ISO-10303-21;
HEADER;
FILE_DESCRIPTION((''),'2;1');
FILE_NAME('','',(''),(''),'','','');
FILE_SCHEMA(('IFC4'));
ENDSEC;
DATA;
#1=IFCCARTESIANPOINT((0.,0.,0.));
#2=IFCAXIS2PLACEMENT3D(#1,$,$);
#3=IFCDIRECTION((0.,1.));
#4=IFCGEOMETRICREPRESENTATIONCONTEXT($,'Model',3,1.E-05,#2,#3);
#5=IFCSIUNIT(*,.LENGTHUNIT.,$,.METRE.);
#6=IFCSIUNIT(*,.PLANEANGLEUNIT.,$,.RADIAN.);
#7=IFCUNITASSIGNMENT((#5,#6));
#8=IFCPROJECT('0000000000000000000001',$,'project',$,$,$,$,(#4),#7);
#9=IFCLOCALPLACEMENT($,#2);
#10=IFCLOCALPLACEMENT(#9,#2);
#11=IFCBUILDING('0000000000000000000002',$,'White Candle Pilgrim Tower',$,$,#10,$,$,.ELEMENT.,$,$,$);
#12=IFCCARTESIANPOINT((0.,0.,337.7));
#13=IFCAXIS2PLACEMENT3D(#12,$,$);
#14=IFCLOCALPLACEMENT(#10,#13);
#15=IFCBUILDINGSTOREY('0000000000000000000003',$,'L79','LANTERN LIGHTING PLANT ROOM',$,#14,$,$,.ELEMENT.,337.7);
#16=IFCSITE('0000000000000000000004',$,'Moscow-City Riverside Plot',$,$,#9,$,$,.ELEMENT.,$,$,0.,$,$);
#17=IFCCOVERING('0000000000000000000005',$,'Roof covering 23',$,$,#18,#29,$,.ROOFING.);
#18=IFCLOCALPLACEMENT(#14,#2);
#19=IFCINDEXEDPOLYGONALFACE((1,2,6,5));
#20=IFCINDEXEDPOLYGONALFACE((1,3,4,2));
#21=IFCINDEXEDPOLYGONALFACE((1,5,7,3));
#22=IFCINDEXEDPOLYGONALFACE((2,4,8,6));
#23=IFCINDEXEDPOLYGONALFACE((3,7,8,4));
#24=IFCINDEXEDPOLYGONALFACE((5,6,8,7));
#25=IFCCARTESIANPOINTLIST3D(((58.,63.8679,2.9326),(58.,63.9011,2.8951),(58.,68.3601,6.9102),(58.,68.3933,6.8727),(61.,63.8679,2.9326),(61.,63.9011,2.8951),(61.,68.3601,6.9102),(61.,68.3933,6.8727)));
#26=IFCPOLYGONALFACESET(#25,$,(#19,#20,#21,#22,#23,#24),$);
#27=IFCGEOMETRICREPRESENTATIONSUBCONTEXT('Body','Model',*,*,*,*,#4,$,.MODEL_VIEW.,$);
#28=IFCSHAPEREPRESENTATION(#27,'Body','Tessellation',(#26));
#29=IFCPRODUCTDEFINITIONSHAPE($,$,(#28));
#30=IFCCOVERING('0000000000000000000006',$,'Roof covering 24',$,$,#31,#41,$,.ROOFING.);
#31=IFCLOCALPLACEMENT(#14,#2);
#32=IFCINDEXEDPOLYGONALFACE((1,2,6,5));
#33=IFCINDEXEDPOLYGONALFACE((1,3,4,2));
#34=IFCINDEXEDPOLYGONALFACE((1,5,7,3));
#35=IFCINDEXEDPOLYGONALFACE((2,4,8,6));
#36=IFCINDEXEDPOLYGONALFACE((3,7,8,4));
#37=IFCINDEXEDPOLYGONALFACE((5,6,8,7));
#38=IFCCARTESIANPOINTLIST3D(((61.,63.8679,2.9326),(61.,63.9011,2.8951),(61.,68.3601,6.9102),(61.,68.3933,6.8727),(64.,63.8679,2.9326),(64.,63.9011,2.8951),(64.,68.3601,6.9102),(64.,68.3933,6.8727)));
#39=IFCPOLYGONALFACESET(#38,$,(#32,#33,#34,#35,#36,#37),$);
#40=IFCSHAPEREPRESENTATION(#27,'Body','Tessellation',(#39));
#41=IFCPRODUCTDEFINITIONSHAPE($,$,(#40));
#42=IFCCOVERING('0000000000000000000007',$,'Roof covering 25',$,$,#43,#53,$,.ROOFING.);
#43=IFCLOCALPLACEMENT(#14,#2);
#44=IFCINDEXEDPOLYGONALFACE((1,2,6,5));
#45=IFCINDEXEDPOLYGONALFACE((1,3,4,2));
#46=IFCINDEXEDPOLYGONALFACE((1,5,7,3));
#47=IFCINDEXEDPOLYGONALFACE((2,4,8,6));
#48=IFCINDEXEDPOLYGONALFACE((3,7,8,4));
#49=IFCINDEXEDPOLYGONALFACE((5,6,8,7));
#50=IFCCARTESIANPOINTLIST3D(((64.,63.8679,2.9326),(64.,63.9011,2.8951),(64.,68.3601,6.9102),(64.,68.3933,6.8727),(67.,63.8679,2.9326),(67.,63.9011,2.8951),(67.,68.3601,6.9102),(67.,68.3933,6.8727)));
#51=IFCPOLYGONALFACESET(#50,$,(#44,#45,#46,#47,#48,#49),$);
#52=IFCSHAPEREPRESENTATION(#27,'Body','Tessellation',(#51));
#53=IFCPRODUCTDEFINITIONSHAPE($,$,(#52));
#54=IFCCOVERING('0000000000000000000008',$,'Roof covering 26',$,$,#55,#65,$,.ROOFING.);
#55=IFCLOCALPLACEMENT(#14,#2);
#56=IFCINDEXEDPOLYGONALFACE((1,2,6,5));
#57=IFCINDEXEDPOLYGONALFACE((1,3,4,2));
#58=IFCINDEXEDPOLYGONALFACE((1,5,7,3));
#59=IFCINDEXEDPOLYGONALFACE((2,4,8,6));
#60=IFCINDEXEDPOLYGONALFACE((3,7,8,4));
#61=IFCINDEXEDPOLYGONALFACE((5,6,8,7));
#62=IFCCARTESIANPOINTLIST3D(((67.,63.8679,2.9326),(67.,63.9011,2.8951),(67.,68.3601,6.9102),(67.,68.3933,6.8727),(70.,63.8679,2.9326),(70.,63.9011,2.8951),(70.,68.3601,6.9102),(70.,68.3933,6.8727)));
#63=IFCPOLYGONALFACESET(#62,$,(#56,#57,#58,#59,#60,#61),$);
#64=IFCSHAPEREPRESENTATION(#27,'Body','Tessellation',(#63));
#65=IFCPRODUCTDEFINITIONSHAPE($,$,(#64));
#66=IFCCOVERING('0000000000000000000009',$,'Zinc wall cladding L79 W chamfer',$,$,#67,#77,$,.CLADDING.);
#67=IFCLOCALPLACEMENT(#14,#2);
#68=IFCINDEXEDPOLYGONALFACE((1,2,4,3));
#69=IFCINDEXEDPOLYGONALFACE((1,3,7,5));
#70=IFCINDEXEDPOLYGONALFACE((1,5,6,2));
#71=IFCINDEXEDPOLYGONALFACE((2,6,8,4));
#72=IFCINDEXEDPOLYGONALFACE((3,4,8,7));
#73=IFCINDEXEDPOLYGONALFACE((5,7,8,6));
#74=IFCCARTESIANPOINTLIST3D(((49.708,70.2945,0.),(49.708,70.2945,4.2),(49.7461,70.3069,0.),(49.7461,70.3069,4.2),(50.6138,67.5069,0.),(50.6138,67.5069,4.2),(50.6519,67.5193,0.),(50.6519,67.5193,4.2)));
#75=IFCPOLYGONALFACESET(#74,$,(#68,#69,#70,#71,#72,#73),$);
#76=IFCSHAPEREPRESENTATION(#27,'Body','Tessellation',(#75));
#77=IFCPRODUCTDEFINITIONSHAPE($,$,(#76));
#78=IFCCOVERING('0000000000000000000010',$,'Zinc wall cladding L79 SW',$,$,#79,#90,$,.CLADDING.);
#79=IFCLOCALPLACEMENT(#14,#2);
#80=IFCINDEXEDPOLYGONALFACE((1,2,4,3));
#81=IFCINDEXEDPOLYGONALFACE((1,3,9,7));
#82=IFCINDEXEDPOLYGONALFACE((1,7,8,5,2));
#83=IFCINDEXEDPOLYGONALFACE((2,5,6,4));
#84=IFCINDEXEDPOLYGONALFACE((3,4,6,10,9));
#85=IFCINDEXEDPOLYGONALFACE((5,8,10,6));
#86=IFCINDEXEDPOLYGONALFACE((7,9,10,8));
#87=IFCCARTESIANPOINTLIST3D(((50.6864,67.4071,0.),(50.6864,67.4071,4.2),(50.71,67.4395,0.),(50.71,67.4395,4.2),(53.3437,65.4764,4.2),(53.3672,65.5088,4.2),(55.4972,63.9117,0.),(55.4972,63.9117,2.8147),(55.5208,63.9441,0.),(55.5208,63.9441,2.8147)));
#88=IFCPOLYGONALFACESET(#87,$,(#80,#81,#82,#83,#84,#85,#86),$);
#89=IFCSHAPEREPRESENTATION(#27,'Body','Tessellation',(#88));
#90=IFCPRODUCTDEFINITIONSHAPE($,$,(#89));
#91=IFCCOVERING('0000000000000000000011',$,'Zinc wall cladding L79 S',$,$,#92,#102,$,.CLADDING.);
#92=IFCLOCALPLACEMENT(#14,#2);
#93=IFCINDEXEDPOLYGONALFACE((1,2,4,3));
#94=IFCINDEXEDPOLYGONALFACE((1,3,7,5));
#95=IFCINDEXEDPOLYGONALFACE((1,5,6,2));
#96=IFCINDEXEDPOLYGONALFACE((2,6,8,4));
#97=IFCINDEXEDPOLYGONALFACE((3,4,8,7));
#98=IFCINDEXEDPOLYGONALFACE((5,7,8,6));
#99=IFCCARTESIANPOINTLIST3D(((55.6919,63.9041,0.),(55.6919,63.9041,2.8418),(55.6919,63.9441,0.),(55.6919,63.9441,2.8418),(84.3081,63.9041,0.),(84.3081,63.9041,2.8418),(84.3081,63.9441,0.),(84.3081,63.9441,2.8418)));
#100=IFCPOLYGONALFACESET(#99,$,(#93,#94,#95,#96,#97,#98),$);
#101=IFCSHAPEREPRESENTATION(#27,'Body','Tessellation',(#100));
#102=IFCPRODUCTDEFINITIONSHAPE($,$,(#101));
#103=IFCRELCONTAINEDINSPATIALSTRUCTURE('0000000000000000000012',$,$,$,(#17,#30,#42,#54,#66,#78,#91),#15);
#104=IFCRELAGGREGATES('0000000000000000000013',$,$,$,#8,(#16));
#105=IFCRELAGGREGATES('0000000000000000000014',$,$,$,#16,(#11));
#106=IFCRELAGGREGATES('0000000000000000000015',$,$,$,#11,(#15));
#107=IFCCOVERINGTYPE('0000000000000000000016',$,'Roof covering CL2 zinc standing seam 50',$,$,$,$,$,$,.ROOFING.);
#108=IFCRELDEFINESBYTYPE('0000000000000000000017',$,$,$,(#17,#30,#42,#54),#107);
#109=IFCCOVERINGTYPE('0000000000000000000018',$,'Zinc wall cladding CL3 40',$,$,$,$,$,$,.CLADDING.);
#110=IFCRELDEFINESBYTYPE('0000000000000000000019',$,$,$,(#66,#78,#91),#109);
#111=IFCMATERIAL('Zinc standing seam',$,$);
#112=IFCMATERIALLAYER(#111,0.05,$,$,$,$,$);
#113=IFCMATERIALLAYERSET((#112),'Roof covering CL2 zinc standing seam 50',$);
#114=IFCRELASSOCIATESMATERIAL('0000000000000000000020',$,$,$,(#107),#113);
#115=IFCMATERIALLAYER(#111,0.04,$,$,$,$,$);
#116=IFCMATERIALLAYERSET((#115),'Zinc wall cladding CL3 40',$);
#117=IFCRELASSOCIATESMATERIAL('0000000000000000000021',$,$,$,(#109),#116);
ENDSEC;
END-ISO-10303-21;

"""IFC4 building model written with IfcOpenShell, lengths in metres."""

from ifc_helpers import new_model, si_unit, direction, frame, origin, place, context, subcontext, project, spatial, polyline, outline, extrude, material, layer, layer_set, type_object, element, save


model = new_model("IFC4")

# Units and contexts
model_context = context("Model", 3, precision=1e-05, world=origin(), true_north=direction((0.0, 1.0)))
body_context = subcontext(model_context, "Body", "Model", "MODEL_VIEW")
ifc_project = project(units=[si_unit("LENGTHUNIT", "METRE"), si_unit("PLANEANGLEUNIT", "RADIAN")], contexts=[model_context])

# Site, building, storey
site_placement = place(None, origin())
site = spatial("IfcSite", under=ifc_project, at=site_placement, Name="Moscow-City Riverside Plot", CompositionType="ELEMENT", RefElevation=0.0)
building_placement = place(site_placement, origin())
building = spatial("IfcBuilding", under=site, at=building_placement, Name="White Candle Pilgrim Tower", CompositionType="ELEMENT")
storey_placement = place(building_placement, frame((0.0, 0.0, 337.7)))
storey = spatial("IfcBuildingStorey", under=building, at=storey_placement, Name="L79", Description="LANTERN LIGHTING PLANT ROOM", CompositionType="ELEMENT", Elevation=337.7)

# Coverings
ifc_material_1 = material(Name="Zinc standing seam")
ifc_layer_1 = layer(ifc_material_1, 0.05)
ifc_layer_set_1 = layer_set([ifc_layer_1], Name="Roof covering CL2 zinc standing seam 50")
covering_type_1 = type_object("IfcCoveringType", Name="Roof covering CL2 zinc standing seam 50", PredefinedType="ROOFING", material=ifc_layer_set_1)
for number, where, z_axis, x_axis, name in (
    (1, (58.0, 63.8679, 2.9326), (0.0, -0.662918, 0.748692), (0.0, 0.748692, 0.662918), "Roof covering 23"),
    (2, (61.0, 63.8679, 2.9326), (0.0, -0.662918, 0.748692), (0.0, 0.748692, 0.662918), "Roof covering 24"),
    (3, (64.0, 63.8679, 2.9326), (0.0, -0.662918, 0.748692), (0.0, 0.748692, 0.662918), "Roof covering 25"),
    (4, (67.0, 63.8679, 2.9326), (0.0, -0.662918, 0.748692), (0.0, 0.748692, 0.662918), "Roof covering 26"),
):
    element("IfcCovering", number, at=place(storey_placement, frame(where, z_axis=z_axis, x_axis=x_axis)), inside=storey, type_object=covering_type_1, Name=name, PredefinedType="ROOFING", context=body_context, shape_type="SweptSolid", body=[
        extrude(outline(polyline([(0.0, 0.0), (6.0, 0.0), (6.0, -3.0), (0.0, -3.0), (0.0, 0.0)])), origin(), (0.0, 0.0, -1.0), 0.05),
    ])
ifc_layer_2 = layer(ifc_material_1, 0.04)
ifc_layer_set_2 = layer_set([ifc_layer_2], Name="Zinc wall cladding CL3 40")
covering_type_2 = type_object("IfcCoveringType", Name="Zinc wall cladding CL3 40", PredefinedType="CLADDING", material=ifc_layer_set_2)
covering_1_placement = place(storey_placement, frame((49.7461, 70.3069, 4.2), z_axis=(0.951055, 0.309022, 0.0), x_axis=(0.309022, -0.951055, 0.0)))
element("IfcCovering", 5, at=covering_1_placement, inside=storey, type_object=covering_type_2, Name="Zinc wall cladding L79 W chamfer", PredefinedType="CLADDING", context=body_context, shape_type="SweptSolid", body=[
    extrude(outline(polyline([(0.0, 0.0), (2.9311, 0.0), (2.9311, 4.2), (0.0, 4.2), (0.0, 0.0)])), origin(), (0.0, 0.0, -1.0), 0.04),
])
covering_2_placement = place(storey_placement, frame((50.71, 67.4395, 4.2), z_axis=(0.587798, 0.809007, 0.000001), x_axis=(0.809007, -0.587798, 0.0)))
element("IfcCovering", 6, at=covering_2_placement, inside=storey, type_object=covering_type_2, Name="Zinc wall cladding L79 SW", PredefinedType="CLADDING", context=body_context, shape_type="SweptSolid", body=[
    extrude(outline(polyline([(0.0, 0.0), (3.2846, 0.0), (5.9465, 1.3853), (5.9465, 4.2), (0.0, 4.2), (0.0, 0.0)])), origin(), (0.0, 0.0, -1.0), 0.04),
])
covering_3_placement = place(storey_placement, frame((55.6919, 63.9441, 2.8418), z_axis=(0.0, 1.0, 0.0), x_axis=(1.0, 0.0, 0.0)))
element("IfcCovering", 7, at=covering_3_placement, inside=storey, type_object=covering_type_2, Name="Zinc wall cladding L79 S", PredefinedType="CLADDING", context=body_context, shape_type="SweptSolid", body=[
    extrude(outline(polyline([(0.0, 0.0), (28.6162, 0.0), (28.6162, 2.8418), (0.0, 2.8418), (0.0, 0.0)])), origin(), (0.0, 0.0, -1.0), 0.04),
])

save(model, "model.ifc")
